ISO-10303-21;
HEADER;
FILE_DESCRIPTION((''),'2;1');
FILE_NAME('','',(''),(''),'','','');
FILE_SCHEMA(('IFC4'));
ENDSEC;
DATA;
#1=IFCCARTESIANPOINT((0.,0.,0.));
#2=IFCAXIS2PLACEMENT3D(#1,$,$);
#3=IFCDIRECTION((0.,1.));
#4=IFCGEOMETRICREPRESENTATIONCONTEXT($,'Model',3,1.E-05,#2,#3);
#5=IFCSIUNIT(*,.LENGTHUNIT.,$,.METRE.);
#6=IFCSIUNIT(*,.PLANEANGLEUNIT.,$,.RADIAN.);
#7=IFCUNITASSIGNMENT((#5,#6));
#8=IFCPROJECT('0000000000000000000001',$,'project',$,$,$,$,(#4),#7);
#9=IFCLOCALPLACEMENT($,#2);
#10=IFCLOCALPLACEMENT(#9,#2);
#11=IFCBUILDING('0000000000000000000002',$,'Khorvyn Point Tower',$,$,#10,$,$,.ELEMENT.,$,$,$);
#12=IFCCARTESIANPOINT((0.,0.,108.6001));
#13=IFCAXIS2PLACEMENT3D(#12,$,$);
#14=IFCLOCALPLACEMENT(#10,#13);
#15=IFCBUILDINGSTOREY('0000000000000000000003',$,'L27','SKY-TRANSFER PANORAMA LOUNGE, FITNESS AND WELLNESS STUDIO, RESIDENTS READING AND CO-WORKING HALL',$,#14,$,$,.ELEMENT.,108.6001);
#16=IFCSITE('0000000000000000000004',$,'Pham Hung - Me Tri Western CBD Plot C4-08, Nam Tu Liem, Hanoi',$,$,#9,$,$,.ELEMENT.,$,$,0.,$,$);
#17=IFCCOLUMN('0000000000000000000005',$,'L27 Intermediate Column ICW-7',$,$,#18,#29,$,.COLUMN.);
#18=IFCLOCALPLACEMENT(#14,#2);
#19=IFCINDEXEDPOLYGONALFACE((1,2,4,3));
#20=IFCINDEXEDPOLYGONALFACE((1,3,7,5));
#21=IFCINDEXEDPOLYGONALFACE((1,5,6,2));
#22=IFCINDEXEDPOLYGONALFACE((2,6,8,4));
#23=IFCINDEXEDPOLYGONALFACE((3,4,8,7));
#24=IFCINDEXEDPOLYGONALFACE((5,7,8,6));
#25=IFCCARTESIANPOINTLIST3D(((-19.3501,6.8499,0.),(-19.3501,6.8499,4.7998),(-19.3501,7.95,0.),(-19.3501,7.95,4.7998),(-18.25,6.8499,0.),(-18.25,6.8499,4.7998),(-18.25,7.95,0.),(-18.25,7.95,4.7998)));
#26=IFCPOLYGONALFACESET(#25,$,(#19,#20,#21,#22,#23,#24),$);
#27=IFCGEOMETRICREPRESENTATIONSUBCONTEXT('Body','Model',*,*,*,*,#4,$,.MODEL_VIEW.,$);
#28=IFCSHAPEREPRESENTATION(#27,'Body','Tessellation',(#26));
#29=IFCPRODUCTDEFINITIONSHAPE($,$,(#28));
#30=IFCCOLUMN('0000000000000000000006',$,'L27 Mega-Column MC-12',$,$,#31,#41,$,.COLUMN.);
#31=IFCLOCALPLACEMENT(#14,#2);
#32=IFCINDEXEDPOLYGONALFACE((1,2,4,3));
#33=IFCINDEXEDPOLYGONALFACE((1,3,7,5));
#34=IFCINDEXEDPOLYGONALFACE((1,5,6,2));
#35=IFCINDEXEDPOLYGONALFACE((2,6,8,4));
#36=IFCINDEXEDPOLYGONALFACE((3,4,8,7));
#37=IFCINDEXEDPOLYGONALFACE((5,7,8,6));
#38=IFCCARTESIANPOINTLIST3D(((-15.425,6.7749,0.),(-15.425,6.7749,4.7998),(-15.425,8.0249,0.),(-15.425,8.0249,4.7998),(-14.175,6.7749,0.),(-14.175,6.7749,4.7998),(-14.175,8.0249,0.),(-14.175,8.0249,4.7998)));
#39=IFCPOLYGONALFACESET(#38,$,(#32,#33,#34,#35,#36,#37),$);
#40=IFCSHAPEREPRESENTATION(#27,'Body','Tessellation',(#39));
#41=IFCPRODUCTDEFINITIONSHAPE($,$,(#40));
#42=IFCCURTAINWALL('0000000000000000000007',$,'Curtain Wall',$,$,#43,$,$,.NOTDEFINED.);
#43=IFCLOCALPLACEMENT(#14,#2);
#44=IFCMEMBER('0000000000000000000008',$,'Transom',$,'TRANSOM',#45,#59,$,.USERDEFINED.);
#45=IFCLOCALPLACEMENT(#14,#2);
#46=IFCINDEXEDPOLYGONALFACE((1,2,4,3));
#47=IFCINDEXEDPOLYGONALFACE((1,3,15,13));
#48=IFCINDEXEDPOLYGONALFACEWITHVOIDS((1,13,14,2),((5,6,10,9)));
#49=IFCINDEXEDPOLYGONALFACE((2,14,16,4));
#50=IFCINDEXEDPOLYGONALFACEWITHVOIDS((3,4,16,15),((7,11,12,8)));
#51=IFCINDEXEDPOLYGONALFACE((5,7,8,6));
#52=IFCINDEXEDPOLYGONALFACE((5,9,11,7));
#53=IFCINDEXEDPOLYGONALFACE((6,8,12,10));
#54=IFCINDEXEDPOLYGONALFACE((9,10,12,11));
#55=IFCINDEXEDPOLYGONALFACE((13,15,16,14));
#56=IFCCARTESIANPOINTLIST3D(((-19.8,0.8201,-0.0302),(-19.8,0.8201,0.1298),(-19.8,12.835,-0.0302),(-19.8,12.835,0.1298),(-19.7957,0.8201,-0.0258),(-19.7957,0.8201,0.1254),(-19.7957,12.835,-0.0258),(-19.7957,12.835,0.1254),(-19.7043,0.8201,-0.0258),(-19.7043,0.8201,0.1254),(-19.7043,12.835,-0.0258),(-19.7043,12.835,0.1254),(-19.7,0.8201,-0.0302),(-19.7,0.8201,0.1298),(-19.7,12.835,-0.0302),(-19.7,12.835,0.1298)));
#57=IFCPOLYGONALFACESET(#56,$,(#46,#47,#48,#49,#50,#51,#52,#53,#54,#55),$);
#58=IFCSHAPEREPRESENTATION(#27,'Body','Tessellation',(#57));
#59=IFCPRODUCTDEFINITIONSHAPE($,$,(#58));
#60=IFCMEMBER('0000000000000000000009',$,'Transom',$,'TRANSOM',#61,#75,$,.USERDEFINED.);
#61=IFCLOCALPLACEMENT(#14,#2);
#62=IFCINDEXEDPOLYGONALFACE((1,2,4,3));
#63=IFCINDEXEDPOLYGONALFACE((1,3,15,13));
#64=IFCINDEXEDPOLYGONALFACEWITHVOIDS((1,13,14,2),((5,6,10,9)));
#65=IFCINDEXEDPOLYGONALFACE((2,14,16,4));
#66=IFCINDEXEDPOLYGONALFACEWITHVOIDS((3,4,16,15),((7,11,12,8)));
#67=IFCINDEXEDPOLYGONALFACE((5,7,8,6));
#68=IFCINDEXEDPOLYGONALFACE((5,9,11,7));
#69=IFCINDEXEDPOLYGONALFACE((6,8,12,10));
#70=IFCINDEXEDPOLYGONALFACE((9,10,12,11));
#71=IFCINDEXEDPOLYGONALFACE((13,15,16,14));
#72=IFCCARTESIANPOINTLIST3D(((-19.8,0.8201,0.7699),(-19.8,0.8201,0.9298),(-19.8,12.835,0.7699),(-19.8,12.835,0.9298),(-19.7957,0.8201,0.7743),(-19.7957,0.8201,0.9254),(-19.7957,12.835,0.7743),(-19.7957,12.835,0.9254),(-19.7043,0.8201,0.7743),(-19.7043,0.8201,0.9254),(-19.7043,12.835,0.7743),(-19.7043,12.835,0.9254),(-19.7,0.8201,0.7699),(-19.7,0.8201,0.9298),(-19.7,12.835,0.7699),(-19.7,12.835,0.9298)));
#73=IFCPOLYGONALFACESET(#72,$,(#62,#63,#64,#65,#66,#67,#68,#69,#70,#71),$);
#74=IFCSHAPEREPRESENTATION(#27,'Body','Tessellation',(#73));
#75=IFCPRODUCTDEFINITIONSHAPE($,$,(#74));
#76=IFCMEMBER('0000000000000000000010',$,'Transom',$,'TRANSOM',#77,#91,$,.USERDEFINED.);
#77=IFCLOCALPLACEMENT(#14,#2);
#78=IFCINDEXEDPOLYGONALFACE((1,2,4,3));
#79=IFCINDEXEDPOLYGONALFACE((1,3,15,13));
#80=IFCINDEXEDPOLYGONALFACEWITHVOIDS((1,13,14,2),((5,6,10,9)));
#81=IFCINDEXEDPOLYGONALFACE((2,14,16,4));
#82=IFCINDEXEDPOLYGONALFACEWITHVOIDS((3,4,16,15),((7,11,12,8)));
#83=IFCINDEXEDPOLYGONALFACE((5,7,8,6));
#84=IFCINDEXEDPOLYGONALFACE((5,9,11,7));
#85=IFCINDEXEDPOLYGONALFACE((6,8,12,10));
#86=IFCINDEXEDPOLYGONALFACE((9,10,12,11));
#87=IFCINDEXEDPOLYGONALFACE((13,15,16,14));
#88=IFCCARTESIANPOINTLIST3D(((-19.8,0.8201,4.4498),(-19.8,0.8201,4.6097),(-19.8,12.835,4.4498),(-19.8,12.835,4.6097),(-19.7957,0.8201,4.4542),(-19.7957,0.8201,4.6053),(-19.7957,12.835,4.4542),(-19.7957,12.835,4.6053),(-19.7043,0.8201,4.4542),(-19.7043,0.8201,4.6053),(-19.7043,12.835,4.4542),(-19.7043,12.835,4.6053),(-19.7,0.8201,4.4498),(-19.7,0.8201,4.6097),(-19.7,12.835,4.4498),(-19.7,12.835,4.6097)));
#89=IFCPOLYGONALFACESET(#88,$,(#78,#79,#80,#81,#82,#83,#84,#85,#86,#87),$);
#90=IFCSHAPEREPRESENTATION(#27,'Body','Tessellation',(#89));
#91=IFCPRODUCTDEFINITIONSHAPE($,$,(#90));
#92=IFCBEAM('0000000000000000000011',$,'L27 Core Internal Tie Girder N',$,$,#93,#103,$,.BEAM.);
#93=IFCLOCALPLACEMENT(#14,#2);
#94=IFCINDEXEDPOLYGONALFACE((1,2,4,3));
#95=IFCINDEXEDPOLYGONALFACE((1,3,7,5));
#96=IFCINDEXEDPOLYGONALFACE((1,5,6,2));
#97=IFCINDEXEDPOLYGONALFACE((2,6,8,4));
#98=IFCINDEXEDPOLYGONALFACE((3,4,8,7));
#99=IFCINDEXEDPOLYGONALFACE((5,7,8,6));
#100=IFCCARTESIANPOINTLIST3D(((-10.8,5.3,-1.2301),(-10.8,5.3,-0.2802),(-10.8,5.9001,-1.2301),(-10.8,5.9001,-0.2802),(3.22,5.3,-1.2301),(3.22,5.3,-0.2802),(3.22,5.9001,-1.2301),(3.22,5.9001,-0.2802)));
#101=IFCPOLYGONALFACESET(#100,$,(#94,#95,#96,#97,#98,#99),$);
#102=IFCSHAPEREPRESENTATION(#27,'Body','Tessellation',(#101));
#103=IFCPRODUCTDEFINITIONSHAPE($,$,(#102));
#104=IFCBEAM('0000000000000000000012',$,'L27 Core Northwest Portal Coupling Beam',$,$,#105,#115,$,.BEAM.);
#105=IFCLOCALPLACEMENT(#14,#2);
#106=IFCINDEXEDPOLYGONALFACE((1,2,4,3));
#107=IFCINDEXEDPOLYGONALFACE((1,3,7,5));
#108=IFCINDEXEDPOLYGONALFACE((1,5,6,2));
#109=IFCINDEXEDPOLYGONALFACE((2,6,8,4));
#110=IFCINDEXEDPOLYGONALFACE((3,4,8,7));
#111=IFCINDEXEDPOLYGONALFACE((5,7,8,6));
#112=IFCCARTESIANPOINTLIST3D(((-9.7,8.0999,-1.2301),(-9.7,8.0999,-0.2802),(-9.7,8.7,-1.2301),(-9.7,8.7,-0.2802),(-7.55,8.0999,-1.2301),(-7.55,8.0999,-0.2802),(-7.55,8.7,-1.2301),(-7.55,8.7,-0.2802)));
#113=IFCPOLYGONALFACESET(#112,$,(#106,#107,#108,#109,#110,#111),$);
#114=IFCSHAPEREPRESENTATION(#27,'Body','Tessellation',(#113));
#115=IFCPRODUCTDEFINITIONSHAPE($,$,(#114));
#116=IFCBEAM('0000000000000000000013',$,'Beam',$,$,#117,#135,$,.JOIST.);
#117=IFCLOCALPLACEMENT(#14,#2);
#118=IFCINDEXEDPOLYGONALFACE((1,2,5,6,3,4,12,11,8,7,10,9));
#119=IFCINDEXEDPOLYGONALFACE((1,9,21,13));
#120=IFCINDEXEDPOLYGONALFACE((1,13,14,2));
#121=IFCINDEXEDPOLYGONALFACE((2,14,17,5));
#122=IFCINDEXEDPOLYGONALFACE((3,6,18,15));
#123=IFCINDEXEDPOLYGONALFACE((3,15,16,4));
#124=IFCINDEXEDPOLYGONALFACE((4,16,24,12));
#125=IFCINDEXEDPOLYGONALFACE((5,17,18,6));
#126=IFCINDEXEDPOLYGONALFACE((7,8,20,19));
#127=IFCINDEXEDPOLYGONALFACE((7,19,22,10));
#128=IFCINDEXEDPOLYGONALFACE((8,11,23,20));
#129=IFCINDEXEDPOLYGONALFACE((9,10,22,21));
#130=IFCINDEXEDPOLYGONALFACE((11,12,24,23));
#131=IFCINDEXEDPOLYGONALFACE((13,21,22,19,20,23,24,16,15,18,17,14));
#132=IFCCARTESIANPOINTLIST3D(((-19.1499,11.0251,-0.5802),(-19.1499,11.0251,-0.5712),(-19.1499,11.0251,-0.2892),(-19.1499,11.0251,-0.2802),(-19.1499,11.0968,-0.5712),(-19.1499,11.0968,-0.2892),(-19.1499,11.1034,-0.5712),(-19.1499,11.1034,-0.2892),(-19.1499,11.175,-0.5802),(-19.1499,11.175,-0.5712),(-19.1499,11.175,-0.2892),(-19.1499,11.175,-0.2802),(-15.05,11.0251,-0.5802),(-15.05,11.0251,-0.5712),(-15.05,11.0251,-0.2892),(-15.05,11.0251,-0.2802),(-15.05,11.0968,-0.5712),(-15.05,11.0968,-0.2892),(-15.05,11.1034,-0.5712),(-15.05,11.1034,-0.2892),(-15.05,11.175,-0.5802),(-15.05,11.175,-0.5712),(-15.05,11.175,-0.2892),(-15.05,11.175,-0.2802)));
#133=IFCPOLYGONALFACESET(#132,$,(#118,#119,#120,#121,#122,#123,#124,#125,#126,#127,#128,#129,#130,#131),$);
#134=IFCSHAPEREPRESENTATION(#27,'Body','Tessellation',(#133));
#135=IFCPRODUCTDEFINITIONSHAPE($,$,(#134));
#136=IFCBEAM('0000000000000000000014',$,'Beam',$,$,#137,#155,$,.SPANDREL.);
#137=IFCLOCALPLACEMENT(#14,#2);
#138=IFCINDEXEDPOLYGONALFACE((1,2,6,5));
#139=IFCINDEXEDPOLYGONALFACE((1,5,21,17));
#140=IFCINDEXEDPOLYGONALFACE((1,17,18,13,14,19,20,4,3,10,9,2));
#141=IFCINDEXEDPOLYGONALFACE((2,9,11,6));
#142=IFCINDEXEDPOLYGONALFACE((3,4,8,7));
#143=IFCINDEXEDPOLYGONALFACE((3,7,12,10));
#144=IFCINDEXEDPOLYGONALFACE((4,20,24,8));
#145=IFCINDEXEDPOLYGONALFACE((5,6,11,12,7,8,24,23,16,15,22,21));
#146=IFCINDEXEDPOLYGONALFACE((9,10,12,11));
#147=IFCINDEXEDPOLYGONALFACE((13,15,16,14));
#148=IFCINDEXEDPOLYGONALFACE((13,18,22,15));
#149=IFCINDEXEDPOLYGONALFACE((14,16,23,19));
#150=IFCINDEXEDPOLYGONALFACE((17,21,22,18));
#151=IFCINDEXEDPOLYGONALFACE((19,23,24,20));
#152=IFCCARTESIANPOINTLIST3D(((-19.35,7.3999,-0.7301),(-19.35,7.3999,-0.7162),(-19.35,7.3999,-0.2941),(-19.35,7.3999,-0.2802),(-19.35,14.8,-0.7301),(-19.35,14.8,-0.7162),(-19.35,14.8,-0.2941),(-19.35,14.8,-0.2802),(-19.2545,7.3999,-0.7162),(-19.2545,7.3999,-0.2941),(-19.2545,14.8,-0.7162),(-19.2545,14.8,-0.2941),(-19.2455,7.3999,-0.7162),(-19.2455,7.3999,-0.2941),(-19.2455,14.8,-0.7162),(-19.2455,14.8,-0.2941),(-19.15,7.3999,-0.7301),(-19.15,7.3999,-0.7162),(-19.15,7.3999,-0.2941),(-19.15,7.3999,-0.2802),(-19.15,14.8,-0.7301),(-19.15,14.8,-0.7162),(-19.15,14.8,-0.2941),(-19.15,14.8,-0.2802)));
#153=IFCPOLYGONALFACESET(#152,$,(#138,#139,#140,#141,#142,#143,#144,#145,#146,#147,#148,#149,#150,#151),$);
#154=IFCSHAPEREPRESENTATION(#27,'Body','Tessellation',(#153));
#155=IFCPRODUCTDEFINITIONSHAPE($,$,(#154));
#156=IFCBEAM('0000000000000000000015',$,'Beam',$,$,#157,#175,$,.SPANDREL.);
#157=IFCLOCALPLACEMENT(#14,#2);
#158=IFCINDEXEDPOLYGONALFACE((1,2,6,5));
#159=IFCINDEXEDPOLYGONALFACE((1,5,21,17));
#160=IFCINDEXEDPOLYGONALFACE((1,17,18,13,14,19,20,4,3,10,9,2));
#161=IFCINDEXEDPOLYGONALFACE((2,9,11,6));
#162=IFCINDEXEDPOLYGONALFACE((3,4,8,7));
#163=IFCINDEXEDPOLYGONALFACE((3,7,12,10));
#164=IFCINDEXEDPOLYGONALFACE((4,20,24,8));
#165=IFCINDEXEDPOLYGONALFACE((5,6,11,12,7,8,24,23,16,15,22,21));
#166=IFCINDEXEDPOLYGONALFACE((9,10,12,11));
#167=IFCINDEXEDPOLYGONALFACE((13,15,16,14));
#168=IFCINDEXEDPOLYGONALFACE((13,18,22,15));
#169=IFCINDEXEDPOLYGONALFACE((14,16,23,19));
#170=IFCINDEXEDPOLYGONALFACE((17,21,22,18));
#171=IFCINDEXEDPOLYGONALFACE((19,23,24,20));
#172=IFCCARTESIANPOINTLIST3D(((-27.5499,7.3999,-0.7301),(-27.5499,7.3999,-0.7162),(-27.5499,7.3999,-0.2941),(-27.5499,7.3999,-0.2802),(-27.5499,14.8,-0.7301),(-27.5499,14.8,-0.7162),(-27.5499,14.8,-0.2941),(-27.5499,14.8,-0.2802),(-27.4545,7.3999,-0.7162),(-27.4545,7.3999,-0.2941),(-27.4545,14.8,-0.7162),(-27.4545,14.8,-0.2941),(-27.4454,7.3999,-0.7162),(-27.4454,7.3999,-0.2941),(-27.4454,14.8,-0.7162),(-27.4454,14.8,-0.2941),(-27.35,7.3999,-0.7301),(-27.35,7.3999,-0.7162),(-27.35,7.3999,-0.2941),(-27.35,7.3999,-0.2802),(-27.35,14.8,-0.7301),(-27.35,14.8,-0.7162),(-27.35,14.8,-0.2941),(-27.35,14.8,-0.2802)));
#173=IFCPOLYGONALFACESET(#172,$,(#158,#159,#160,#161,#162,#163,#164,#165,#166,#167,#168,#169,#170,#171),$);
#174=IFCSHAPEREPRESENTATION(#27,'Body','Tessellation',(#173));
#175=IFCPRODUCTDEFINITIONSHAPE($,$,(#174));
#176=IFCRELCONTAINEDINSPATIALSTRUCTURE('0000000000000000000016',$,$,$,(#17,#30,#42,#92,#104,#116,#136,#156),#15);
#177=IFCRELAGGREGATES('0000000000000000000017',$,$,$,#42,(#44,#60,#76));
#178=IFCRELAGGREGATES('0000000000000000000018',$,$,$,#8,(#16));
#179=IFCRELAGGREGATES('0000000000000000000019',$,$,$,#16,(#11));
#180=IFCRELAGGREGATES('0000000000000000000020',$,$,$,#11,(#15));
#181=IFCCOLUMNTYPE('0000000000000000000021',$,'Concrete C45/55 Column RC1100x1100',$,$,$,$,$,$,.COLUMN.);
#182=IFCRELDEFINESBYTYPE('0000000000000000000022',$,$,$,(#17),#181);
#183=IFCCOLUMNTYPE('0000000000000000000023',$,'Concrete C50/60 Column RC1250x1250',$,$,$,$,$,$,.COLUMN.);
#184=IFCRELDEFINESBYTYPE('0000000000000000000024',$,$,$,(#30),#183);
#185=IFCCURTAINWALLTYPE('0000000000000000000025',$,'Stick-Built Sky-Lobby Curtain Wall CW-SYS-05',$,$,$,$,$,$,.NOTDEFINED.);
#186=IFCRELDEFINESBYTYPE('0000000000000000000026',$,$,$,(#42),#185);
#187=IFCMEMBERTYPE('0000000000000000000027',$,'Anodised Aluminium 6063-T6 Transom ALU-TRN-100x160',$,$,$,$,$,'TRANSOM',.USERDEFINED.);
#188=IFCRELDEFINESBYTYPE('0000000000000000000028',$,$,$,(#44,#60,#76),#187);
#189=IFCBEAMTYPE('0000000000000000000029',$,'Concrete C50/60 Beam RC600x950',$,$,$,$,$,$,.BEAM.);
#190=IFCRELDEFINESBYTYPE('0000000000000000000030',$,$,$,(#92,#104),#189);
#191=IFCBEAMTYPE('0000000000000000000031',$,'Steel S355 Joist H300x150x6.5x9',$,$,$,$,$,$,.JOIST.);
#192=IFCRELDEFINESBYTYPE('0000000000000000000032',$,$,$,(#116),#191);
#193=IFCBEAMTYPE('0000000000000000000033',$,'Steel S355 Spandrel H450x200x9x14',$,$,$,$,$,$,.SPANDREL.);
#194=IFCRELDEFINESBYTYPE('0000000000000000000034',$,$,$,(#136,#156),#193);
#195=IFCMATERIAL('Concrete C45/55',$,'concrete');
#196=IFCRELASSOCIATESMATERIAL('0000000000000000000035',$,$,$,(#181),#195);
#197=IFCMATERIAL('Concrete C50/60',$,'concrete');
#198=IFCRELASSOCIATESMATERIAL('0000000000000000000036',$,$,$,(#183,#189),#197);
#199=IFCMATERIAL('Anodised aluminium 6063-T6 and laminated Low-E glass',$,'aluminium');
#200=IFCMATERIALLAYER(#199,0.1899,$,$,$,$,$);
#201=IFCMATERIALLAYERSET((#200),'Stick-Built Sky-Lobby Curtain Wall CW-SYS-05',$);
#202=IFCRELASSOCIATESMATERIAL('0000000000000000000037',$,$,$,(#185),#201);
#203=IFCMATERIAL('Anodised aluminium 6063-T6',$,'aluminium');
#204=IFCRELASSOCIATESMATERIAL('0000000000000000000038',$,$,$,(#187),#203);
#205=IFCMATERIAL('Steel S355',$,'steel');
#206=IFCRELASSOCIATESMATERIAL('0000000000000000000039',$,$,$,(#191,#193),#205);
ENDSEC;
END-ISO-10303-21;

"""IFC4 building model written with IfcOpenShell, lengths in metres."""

from ifc_helpers import new_model, si_unit, direction, frame, origin, origin_2d, place, context, subcontext, project, spatial, rectangle, hollow_rectangle, i_section, extrude, material, layer, layer_set, material_profile, profile_set, type_object, element, aggregate, save


model = new_model("IFC4")

# Units and contexts
model_context = context("Model", 3, precision=1e-05, world=origin(), true_north=direction((0.0, 1.0)))
body_context = subcontext(model_context, "Body", "Model", "MODEL_VIEW")
ifc_project = project(units=[si_unit("LENGTHUNIT", "METRE"), si_unit("PLANEANGLEUNIT", "RADIAN")], contexts=[model_context])

# Site, building, storey
site_placement = place(None, origin())
site = spatial("IfcSite", under=ifc_project, at=site_placement, Name="Pham Hung - Me Tri Western CBD Plot C4-08, Nam Tu Liem, Hanoi", CompositionType="ELEMENT", RefElevation=0.0)
building_placement = place(site_placement, origin())
building = spatial("IfcBuilding", under=site, at=building_placement, Name="Khorvyn Point Tower", CompositionType="ELEMENT")
storey_placement = place(building_placement, frame((0.0, 0.0, 108.6001)))
storey = spatial("IfcBuildingStorey", under=building, at=storey_placement, Name="L27", Description="SKY-TRANSFER PANORAMA LOUNGE, FITNESS AND WELLNESS STUDIO, RESIDENTS READING AND CO-WORKING HALL", CompositionType="ELEMENT", Elevation=108.6001)

# Columns
ifc_material_1 = material(Name="Concrete C45/55", Category="concrete")
ifc_material_profile_1 = material_profile(ifc_material_1, rectangle(XDim=1.1001, YDim=1.1001, at=origin_2d()))
ifc_profile_set_1 = profile_set([ifc_material_profile_1], Name="Concrete C45/55 RC1100x1100")
column_type_1 = type_object("IfcColumnType", Name="Concrete C45/55 Column RC1100x1100", PredefinedType="COLUMN", material=ifc_profile_set_1)
column_1_placement = place(storey_placement, frame((-18.8, 7.3999, 0.0), z_axis=(0.0, 0.0, 1.0), x_axis=(1.0, 0.0, 0.0)))
element("IfcColumn", 1, at=column_1_placement, inside=storey, type_object=column_type_1, Name="L27 Intermediate Column ICW-7", PredefinedType="COLUMN", context=body_context, shape_type="SweptSolid", body=[
    extrude(rectangle(XDim=1.1001, YDim=1.1001, at=origin_2d()), origin(), (0.0, 0.0, 1.0), 4.7998),
])
ifc_material_2 = material(Name="Concrete C50/60", Category="concrete")
ifc_material_profile_2 = material_profile(ifc_material_2, rectangle(XDim=1.25, YDim=1.25, at=origin_2d()))
ifc_profile_set_2 = profile_set([ifc_material_profile_2], Name="Concrete C50/60 RC1250x1250")
column_type_2 = type_object("IfcColumnType", Name="Concrete C50/60 Column RC1250x1250", PredefinedType="COLUMN", material=ifc_profile_set_2)
column_2_placement = place(storey_placement, frame((-14.8, 7.3999, 0.0), z_axis=(0.0, 0.0, 1.0), x_axis=(1.0, 0.0, 0.0)))
element("IfcColumn", 2, at=column_2_placement, inside=storey, type_object=column_type_2, Name="L27 Mega-Column MC-12", PredefinedType="COLUMN", context=body_context, shape_type="SweptSolid", body=[
    extrude(rectangle(XDim=1.25, YDim=1.25, at=origin_2d()), origin(), (0.0, 0.0, 1.0), 4.7998),
])

# Curtain wall, members
ifc_material_3 = material(Name="Anodised aluminium 6063-T6 and laminated Low-E glass", Category="aluminium")
ifc_layer_1 = layer(ifc_material_3, 0.1899)
ifc_layer_set_1 = layer_set([ifc_layer_1], Name="Stick-Built Sky-Lobby Curtain Wall CW-SYS-05")
curtain_wall_type = type_object("IfcCurtainWallType", Name="Stick-Built Sky-Lobby Curtain Wall CW-SYS-05", PredefinedType="NOTDEFINED", material=ifc_layer_set_1)
curtain_wall_placement = place(storey_placement, origin())
curtain_wall = element("IfcCurtainWall", 3, at=curtain_wall_placement, inside=storey, type_object=curtain_wall_type, Name="Curtain Wall", PredefinedType="NOTDEFINED")
ifc_material_4 = material(Name="Anodised aluminium 6063-T6", Category="aluminium")
ifc_material_profile_3 = material_profile(ifc_material_4, hollow_rectangle(XDim=0.1001, YDim=0.1599, WallThickness=0.0044, at=origin_2d()))
ifc_profile_set_3 = profile_set([ifc_material_profile_3], Name="Anodised aluminium 6063-T6 ALU-TRN-100x160")
member_type = type_object("IfcMemberType", Name="Anodised Aluminium 6063-T6 Transom ALU-TRN-100x160", ElementType="TRANSOM", PredefinedType="USERDEFINED", material=ifc_profile_set_3)
member_1_placement = place(storey_placement, frame((-19.75, 0.8201, 0.0498), z_axis=(0.0, 1.0, 0.0), x_axis=(-1.0, 0.0, 0.0)))
member_1 = element("IfcMember", 4, at=member_1_placement, type_object=member_type, Name="Transom", ObjectType="TRANSOM", PredefinedType="USERDEFINED", context=body_context, shape_type="SweptSolid", body=[
    extrude(hollow_rectangle(XDim=0.1001, YDim=0.1599, WallThickness=0.0044, at=origin_2d()), origin(), (0.0, 0.0, 1.0), 12.0149),
])
member_2_placement = place(storey_placement, frame((-19.75, 0.8201, 0.8499), z_axis=(0.0, 1.0, 0.0), x_axis=(-1.0, 0.0, 0.0)))
member_2 = element("IfcMember", 5, at=member_2_placement, type_object=member_type, Name="Transom", ObjectType="TRANSOM", PredefinedType="USERDEFINED", context=body_context, shape_type="SweptSolid", body=[
    extrude(hollow_rectangle(XDim=0.1001, YDim=0.1599, WallThickness=0.0044, at=origin_2d()), origin(), (0.0, 0.0, 1.0), 12.0149),
])
member_3_placement = place(storey_placement, frame((-19.75, 0.8201, 4.5298), z_axis=(0.0, 1.0, 0.0), x_axis=(-1.0, 0.0, 0.0)))
member_3 = element("IfcMember", 6, at=member_3_placement, type_object=member_type, Name="Transom", ObjectType="TRANSOM", PredefinedType="USERDEFINED", context=body_context, shape_type="SweptSolid", body=[
    extrude(hollow_rectangle(XDim=0.1001, YDim=0.1599, WallThickness=0.0044, at=origin_2d()), origin(), (0.0, 0.0, 1.0), 12.0149),
])

# Beams
ifc_material_profile_4 = material_profile(ifc_material_2, rectangle(XDim=0.6001, YDim=0.95, at=origin_2d()))
ifc_profile_set_4 = profile_set([ifc_material_profile_4], Name="Concrete C50/60 RC600x950")
beam_type_1 = type_object("IfcBeamType", Name="Concrete C50/60 Beam RC600x950", PredefinedType="BEAM", material=ifc_profile_set_4)
beam_1_placement = place(storey_placement, frame((-10.8, 5.6001, -0.7551), z_axis=(1.0, 0.0, 0.0), x_axis=(0.0, 1.0, 0.0)))
element("IfcBeam", 7, at=beam_1_placement, inside=storey, type_object=beam_type_1, Name="L27 Core Internal Tie Girder N", PredefinedType="BEAM", context=body_context, shape_type="SweptSolid", body=[
    extrude(rectangle(XDim=0.6001, YDim=0.95, at=origin_2d()), origin(), (0.0, 0.0, 1.0), 14.02),
])
beam_2_placement = place(storey_placement, frame((-9.7, 8.3999, -0.7551), z_axis=(1.0, 0.0, 0.0), x_axis=(0.0, 1.0, 0.0)))
element("IfcBeam", 8, at=beam_2_placement, inside=storey, type_object=beam_type_1, Name="L27 Core Northwest Portal Coupling Beam", PredefinedType="BEAM", context=body_context, shape_type="SweptSolid", body=[
    extrude(rectangle(XDim=0.6001, YDim=0.95, at=origin_2d()), origin(), (0.0, 0.0, 1.0), 2.1499),
])
ifc_material_5 = material(Name="Steel S355", Category="steel")
ifc_material_profile_5 = material_profile(ifc_material_5, i_section(OverallWidth=0.1499, OverallDepth=0.3, WebThickness=0.0066, FlangeThickness=0.009, at=origin_2d()))
ifc_profile_set_5 = profile_set([ifc_material_profile_5], Name="Steel S355 H300x150x6.5x9")
beam_type_2 = type_object("IfcBeamType", Name="Steel S355 Joist H300x150x6.5x9", PredefinedType="JOIST", material=ifc_profile_set_5)
beam_3_placement = place(storey_placement, frame((-19.1499, 11.1001, -0.4302), z_axis=(1.0, 0.0, 0.0), x_axis=(0.0, 1.0, 0.0)))
element("IfcBeam", 9, at=beam_3_placement, inside=storey, type_object=beam_type_2, Name="Beam", PredefinedType="JOIST", context=body_context, shape_type="SweptSolid", body=[
    extrude(i_section(OverallWidth=0.1499, OverallDepth=0.3, WebThickness=0.0066, FlangeThickness=0.009, at=origin_2d()), origin(), (0.0, 0.0, 1.0), 4.0999),
])
ifc_material_profile_6 = material_profile(ifc_material_5, i_section(OverallWidth=0.2, OverallDepth=0.45, WebThickness=0.009, FlangeThickness=0.0139, at=origin_2d()))
ifc_profile_set_6 = profile_set([ifc_material_profile_6], Name="Steel S355 H450x200x9x14")
beam_type_3 = type_object("IfcBeamType", Name="Steel S355 Spandrel H450x200x9x14", PredefinedType="SPANDREL", material=ifc_profile_set_6)
for number, where, z_axis, x_axis, name in (
    (10, (-19.25, 7.3999, -0.5051), (0.0, 1.0, 0.0), (-1.0, 0.0, 0.0), "Beam"),
    (11, (-27.45, 7.3999, -0.5051), (0.0, 1.0, 0.0), (-1.0, 0.0, 0.0), "Beam"),
):
    element("IfcBeam", number, at=place(storey_placement, frame(where, z_axis=z_axis, x_axis=x_axis)), inside=storey, type_object=beam_type_3, Name=name, PredefinedType="SPANDREL", context=body_context, shape_type="SweptSolid", body=[
        extrude(i_section(OverallWidth=0.2, OverallDepth=0.45, WebThickness=0.009, FlangeThickness=0.0139, at=origin_2d()), origin(), (0.0, 0.0, 1.0), 7.4001),
    ])

aggregate(curtain_wall, [member_1, member_2, member_3])

save(model, "model.ifc")
